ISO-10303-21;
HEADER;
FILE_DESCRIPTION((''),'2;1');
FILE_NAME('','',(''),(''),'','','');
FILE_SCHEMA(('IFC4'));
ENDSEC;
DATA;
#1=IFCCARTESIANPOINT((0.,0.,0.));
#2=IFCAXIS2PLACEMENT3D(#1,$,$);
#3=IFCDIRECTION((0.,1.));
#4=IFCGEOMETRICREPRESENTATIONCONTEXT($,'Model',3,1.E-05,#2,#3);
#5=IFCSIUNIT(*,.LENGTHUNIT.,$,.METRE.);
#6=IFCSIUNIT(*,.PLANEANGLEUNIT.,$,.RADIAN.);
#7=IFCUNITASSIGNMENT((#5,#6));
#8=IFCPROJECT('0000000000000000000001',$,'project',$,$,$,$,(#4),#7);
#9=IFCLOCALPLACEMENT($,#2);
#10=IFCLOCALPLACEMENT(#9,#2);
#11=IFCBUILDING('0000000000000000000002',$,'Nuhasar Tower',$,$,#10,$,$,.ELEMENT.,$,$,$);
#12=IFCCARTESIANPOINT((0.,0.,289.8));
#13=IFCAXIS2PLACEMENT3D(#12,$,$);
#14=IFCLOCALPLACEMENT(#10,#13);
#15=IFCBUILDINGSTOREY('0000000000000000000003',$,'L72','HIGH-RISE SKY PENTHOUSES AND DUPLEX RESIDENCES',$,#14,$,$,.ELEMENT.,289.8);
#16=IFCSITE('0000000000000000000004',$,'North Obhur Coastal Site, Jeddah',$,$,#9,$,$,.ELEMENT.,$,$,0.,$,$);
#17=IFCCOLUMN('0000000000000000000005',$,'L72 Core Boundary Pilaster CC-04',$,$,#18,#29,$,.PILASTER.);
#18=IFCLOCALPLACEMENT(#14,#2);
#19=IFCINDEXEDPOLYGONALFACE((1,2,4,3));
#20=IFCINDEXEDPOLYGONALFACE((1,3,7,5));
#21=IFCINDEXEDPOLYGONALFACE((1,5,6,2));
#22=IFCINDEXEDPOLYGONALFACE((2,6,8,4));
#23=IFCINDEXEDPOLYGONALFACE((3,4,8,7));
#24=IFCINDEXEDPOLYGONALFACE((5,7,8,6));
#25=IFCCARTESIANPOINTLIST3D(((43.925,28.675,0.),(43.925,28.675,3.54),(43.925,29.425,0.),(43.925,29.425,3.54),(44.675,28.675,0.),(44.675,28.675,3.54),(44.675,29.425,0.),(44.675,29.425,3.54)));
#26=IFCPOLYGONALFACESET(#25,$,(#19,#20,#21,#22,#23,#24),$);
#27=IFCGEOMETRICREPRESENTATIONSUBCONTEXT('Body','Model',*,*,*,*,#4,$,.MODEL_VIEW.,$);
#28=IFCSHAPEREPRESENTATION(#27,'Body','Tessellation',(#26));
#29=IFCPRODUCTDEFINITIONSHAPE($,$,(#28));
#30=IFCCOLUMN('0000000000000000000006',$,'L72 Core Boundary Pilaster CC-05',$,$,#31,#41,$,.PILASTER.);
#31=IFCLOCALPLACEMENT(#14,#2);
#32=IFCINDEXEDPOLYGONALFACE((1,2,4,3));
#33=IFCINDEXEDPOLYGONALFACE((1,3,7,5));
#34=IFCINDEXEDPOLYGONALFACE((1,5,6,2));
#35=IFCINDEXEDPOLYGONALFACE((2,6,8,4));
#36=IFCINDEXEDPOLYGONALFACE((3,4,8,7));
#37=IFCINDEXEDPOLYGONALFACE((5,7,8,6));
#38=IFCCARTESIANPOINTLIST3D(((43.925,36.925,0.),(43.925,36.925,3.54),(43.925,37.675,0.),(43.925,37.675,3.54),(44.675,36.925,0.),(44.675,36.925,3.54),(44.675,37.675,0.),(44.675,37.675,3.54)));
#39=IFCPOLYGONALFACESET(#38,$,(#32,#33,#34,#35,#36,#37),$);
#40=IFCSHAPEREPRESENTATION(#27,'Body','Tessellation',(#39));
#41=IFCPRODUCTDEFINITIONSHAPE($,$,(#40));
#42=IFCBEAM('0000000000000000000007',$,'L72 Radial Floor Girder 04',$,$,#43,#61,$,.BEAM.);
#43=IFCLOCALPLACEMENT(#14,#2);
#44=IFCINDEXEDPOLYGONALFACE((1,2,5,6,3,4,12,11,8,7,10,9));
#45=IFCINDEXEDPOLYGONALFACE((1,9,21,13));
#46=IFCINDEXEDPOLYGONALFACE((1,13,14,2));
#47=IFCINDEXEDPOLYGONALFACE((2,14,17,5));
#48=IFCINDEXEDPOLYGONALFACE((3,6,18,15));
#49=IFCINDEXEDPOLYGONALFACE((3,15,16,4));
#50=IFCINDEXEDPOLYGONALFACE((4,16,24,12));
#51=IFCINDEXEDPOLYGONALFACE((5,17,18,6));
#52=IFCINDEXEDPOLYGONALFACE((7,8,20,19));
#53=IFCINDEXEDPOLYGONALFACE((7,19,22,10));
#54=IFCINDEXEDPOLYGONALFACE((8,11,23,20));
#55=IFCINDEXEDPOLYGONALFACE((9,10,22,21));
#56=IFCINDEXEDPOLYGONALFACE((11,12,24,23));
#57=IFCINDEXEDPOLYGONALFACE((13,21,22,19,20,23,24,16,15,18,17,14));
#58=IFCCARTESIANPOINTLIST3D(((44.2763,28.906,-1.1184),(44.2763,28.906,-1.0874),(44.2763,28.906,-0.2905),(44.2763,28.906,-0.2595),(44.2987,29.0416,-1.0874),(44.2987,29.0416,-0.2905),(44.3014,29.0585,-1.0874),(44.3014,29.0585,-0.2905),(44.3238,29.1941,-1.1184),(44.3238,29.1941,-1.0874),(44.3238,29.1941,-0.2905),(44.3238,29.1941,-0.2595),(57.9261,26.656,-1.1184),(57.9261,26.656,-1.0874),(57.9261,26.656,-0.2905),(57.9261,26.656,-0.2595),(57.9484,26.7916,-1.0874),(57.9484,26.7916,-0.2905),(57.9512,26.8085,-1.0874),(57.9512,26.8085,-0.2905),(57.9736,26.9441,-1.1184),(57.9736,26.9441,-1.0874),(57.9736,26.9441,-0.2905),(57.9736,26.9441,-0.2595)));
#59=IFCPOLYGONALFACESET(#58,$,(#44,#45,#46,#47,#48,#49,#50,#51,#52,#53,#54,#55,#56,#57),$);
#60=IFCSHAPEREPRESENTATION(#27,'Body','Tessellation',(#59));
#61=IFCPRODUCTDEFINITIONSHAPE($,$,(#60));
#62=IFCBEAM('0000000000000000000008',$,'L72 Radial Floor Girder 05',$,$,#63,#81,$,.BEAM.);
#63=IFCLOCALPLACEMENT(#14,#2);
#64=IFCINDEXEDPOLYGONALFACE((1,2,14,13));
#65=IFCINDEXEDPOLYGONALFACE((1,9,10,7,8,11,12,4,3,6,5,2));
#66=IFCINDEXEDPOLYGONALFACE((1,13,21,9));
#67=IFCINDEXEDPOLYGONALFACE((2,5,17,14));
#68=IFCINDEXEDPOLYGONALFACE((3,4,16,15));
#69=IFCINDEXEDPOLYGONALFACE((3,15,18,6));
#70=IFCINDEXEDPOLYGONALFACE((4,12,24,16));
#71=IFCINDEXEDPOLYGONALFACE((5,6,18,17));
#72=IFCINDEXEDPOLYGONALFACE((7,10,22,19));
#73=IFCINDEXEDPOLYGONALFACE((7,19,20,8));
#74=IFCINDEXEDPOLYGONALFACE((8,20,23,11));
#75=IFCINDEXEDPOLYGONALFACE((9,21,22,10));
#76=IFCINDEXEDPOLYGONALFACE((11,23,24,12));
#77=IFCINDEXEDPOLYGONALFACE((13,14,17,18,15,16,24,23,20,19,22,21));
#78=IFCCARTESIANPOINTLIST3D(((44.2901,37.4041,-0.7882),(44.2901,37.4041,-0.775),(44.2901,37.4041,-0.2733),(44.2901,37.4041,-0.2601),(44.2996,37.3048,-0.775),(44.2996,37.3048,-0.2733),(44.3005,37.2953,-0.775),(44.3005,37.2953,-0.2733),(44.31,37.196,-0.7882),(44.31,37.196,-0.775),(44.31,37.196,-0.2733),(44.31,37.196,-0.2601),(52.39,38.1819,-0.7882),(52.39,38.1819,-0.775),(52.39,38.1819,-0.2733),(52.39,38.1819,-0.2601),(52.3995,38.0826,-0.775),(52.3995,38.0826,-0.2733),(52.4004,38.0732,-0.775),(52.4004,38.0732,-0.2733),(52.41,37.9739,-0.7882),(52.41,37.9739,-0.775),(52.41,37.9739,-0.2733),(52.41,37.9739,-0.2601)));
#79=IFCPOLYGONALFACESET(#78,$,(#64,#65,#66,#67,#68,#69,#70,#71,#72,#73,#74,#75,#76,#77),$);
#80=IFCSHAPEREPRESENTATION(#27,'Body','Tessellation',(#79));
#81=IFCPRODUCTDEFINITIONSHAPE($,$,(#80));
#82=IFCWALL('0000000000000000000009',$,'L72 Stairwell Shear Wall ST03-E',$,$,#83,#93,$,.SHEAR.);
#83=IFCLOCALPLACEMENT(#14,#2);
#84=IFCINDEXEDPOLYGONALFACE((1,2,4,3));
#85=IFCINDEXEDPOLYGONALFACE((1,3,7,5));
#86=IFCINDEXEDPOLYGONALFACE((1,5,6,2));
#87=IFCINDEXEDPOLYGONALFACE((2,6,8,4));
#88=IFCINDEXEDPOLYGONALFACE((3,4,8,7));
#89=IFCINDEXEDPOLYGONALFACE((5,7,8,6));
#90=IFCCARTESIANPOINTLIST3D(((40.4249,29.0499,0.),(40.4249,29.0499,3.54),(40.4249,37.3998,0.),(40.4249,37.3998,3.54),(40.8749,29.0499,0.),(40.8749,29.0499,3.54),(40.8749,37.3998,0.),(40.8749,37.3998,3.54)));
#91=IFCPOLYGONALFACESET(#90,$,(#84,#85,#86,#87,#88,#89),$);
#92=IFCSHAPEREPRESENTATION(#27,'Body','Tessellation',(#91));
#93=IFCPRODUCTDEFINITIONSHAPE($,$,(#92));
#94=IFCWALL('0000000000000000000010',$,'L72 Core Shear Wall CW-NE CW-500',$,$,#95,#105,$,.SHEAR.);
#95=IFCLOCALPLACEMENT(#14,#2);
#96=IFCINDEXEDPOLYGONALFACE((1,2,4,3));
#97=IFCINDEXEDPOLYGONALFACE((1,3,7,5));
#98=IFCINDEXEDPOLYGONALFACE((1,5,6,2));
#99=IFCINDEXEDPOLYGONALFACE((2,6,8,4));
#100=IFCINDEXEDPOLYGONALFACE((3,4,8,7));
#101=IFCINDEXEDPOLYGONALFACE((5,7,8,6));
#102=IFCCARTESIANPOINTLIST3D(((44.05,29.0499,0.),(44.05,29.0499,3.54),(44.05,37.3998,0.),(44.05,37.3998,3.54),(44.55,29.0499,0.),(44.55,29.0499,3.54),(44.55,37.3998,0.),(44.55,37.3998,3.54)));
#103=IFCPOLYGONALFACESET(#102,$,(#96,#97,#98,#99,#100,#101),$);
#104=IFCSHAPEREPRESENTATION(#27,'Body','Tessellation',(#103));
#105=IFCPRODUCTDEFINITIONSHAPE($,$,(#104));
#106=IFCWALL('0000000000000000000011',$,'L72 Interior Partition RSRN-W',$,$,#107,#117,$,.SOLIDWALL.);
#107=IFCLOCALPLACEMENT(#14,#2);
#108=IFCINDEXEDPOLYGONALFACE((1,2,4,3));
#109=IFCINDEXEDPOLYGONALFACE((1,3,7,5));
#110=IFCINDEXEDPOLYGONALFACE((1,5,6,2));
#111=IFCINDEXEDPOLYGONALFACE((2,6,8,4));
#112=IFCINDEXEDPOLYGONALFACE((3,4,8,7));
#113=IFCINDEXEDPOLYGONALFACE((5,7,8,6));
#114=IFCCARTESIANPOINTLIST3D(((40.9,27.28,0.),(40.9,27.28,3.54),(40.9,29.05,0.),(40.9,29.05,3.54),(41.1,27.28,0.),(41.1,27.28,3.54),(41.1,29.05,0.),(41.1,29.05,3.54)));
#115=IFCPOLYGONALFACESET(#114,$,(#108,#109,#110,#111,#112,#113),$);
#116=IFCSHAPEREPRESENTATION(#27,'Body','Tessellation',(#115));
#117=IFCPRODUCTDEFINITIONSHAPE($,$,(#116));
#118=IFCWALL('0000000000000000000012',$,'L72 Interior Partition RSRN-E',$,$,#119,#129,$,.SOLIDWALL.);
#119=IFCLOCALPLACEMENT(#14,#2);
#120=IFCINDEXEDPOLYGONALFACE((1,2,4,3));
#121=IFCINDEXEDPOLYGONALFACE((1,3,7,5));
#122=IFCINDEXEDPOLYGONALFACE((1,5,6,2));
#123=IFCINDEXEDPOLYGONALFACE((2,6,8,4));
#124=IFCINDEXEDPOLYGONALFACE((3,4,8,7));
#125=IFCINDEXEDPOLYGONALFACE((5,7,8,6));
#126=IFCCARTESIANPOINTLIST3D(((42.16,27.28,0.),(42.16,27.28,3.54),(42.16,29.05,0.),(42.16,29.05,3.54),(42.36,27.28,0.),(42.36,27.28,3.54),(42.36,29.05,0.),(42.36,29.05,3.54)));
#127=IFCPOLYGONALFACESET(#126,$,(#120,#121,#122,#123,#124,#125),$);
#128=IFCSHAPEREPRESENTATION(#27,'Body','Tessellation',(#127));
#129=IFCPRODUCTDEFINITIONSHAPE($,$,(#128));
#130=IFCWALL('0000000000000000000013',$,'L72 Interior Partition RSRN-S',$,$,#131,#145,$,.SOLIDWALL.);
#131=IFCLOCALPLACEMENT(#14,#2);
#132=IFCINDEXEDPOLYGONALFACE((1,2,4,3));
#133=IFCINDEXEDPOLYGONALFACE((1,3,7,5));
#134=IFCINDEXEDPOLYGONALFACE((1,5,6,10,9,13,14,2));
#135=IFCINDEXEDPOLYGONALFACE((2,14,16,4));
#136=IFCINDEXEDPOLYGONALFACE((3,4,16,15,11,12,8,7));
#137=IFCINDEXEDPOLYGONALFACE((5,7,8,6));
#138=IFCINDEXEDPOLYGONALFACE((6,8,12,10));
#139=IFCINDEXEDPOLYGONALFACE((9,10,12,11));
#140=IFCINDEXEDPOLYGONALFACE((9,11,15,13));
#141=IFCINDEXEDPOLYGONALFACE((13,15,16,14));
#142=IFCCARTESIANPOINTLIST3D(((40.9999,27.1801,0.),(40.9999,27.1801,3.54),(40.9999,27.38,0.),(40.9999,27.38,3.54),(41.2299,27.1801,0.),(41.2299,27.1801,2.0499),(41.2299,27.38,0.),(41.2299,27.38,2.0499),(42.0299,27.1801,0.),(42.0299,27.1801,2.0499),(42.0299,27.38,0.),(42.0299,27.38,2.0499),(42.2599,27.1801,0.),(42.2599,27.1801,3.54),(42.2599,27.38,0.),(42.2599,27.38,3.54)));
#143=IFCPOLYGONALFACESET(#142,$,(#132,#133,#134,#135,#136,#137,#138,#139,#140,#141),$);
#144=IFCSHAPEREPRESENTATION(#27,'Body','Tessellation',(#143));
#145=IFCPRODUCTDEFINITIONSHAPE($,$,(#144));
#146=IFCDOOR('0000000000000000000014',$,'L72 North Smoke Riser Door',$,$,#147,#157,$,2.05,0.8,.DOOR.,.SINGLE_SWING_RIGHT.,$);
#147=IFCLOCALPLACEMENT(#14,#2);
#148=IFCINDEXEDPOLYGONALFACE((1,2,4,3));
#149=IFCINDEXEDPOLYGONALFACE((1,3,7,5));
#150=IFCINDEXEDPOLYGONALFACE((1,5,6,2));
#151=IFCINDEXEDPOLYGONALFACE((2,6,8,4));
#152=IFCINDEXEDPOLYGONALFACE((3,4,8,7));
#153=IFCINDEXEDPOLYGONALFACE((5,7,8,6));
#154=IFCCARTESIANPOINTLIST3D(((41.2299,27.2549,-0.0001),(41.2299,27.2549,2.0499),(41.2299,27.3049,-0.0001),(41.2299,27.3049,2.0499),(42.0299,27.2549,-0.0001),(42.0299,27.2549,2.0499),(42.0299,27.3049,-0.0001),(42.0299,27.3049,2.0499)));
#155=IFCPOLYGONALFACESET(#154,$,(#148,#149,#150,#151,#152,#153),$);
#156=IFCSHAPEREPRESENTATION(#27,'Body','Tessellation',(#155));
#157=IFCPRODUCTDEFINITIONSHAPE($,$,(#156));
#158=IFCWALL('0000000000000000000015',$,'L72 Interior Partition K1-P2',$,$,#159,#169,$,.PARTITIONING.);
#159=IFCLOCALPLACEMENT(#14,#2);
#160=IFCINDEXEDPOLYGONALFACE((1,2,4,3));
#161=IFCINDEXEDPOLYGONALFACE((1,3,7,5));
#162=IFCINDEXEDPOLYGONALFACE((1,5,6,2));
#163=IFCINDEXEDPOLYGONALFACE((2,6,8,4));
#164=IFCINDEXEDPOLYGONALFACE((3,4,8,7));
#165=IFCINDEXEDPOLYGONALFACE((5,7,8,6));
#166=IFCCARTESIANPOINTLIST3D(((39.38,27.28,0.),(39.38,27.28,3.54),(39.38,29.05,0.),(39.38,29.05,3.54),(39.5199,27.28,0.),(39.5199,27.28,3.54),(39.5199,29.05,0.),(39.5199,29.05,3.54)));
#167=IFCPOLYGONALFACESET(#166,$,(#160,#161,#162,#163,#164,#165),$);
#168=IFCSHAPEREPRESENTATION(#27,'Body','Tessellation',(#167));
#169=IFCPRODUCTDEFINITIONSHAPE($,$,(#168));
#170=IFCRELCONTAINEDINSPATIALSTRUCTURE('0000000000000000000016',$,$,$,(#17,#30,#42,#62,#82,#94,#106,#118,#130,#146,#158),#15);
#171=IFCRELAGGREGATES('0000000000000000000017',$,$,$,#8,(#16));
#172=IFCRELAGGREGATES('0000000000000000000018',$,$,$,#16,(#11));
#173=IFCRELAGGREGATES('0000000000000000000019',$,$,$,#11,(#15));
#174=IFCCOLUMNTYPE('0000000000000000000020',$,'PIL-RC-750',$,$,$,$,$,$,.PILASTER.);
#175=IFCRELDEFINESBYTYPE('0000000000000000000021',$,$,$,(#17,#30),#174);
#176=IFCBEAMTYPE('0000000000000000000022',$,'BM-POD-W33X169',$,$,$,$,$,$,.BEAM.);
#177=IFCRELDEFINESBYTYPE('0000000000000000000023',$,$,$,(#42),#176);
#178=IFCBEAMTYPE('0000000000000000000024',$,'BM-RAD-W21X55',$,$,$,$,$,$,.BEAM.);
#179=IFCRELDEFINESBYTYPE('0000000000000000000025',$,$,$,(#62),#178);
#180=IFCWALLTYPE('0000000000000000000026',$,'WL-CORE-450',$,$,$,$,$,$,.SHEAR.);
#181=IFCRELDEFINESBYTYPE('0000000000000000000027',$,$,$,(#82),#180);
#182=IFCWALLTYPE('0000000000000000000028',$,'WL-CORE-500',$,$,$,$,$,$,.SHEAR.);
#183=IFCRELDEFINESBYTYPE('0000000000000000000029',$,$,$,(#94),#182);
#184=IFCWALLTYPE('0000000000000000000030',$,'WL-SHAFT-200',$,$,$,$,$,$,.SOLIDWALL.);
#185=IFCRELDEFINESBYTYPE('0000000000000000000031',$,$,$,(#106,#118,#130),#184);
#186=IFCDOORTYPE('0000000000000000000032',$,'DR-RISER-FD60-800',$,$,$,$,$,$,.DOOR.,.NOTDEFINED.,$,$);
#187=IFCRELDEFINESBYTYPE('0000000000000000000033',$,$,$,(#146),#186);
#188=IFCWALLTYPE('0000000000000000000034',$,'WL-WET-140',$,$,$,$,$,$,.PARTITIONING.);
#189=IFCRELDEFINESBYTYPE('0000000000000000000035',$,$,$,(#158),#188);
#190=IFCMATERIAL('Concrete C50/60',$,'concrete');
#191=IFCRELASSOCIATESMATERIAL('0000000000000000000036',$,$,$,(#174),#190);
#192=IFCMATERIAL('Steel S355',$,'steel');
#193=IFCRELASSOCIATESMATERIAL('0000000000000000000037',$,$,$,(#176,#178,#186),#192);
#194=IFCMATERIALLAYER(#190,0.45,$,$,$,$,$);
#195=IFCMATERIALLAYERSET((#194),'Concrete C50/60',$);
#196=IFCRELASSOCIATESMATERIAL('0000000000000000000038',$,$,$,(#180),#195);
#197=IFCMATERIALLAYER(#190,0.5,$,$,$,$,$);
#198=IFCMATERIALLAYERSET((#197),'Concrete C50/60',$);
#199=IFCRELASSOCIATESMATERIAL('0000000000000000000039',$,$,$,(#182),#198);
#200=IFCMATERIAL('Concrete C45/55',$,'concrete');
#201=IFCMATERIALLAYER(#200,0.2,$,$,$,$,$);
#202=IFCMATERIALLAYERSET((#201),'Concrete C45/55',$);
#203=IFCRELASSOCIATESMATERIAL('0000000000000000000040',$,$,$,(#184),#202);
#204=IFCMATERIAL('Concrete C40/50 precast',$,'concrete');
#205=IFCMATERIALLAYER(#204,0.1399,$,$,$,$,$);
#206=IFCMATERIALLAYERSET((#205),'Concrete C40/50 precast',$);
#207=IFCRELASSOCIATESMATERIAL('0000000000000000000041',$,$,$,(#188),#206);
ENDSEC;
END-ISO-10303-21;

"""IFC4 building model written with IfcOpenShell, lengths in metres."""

from ifc_helpers import new_model, si_unit, direction, frame, frame_2d, origin, origin_2d, place, context, subcontext, project, spatial, rectangle, i_section, extrude, material, layer, layer_set, material_profile, profile_set, type_object, element, fill, save


model = new_model("IFC4")

# Units and contexts
model_context = context("Model", 3, precision=1e-05, world=origin(), true_north=direction((0.0, 1.0)))
body_context = subcontext(model_context, "Body", "Model", "MODEL_VIEW")
ifc_project = project(units=[si_unit("LENGTHUNIT", "METRE"), si_unit("PLANEANGLEUNIT", "RADIAN")], contexts=[model_context])

# Site, building, storey
site_placement = place(None, origin())
site = spatial("IfcSite", under=ifc_project, at=site_placement, Name="North Obhur Coastal Site, Jeddah", CompositionType="ELEMENT", RefElevation=0.0)
building_placement = place(site_placement, origin())
building = spatial("IfcBuilding", under=site, at=building_placement, Name="Nuhasar Tower", CompositionType="ELEMENT")
storey_placement = place(building_placement, frame((0.0, 0.0, 289.8)))
storey = spatial("IfcBuildingStorey", under=building, at=storey_placement, Name="L72", Description="HIGH-RISE SKY PENTHOUSES AND DUPLEX RESIDENCES", CompositionType="ELEMENT", Elevation=289.8)

# Columns
ifc_material_1 = material(Name="Concrete C50/60", Category="concrete")
ifc_material_profile_1 = material_profile(ifc_material_1, rectangle(XDim=0.75, YDim=0.75, at=origin_2d()), Name="RC750X750")
ifc_profile_set_1 = profile_set([ifc_material_profile_1], Name="Concrete C50/60")
column_type = type_object("IfcColumnType", Name="PIL-RC-750", PredefinedType="PILASTER", material=ifc_profile_set_1)
for number, where, z_axis, x_axis, name in (
    (1, (44.3, 29.05, 0.0), (0.0, 0.0, 1.0), (1.0, 0.0, 0.0), "L72 Core Boundary Pilaster CC-04"),
    (2, (44.3, 37.3, 0.0), (0.0, 0.0, 1.0), (1.0, 0.0, 0.0), "L72 Core Boundary Pilaster CC-05"),
):
    element("IfcColumn", number, at=place(storey_placement, frame(where, z_axis=z_axis, x_axis=x_axis)), inside=storey, type_object=column_type, Name=name, PredefinedType="PILASTER", context=body_context, shape_type="SweptSolid", body=[
        extrude(rectangle(XDim=0.75, YDim=0.75, at=origin_2d()), origin(), (0.0, 0.0, 1.0), 3.54),
    ])

# Beams
ifc_material_2 = material(Name="Steel S355", Category="steel")
ifc_material_profile_2 = material_profile(ifc_material_2, i_section(OverallWidth=0.292, OverallDepth=0.8589, WebThickness=0.0171, FlangeThickness=0.031, at=origin_2d()), Name="W33X169")
ifc_profile_set_2 = profile_set([ifc_material_profile_2], Name="Steel S355")
beam_type_1 = type_object("IfcBeamType", Name="BM-POD-W33X169", PredefinedType="BEAM", material=ifc_profile_set_2)
beam_1_placement = place(storey_placement, frame((44.3, 29.05, -0.689), z_axis=(0.986685, -0.162642, 0.0), x_axis=(0.162642, 0.986685, 0.0)))
element("IfcBeam", 3, at=beam_1_placement, inside=storey, type_object=beam_type_1, Name="L72 Radial Floor Girder 04", PredefinedType="BEAM", context=body_context, shape_type="SweptSolid", body=[
    extrude(i_section(OverallWidth=0.292, OverallDepth=0.8589, WebThickness=0.0171, FlangeThickness=0.031, at=origin_2d()), origin(), (0.0, 0.0, 1.0), 13.834),
])
ifc_material_profile_3 = material_profile(ifc_material_2, i_section(OverallWidth=0.209, OverallDepth=0.5281, WebThickness=0.0095, FlangeThickness=0.0132, at=origin_2d()), Name="W21X55")
ifc_profile_set_3 = profile_set([ifc_material_profile_3], Name="Steel S355")
beam_type_2 = type_object("IfcBeamType", Name="BM-RAD-W21X55", PredefinedType="BEAM", material=ifc_profile_set_3)
beam_2_placement = place(storey_placement, frame((44.3, 37.3, -0.5242), z_axis=(0.995421, 0.095591, 0.0), x_axis=(-0.095591, 0.995421, 0.0)))
element("IfcBeam", 4, at=beam_2_placement, inside=storey, type_object=beam_type_2, Name="L72 Radial Floor Girder 05", PredefinedType="BEAM", context=body_context, shape_type="SweptSolid", body=[
    extrude(i_section(OverallWidth=0.209, OverallDepth=0.5281, WebThickness=0.0095, FlangeThickness=0.0132, at=origin_2d()), origin(), (0.0, 0.0, 1.0), 8.1372),
])

# Shared definitions
ifc_layer_1 = layer(ifc_material_1, 0.45)
ifc_layer_set_1 = layer_set([ifc_layer_1], Name="Concrete C50/60")
wall_type_1 = type_object("IfcWallType", Name="WL-CORE-450", PredefinedType="SHEAR", material=ifc_layer_set_1)

# Walls
wall_1_placement = place(storey_placement, frame((40.6499, 29.05, 0.0), z_axis=(0.0, 0.0, 1.0), x_axis=(0.0, 1.0, 0.0)))
element("IfcWall", 5, at=wall_1_placement, inside=storey, type_object=wall_type_1, Name="L72 Stairwell Shear Wall ST03-E", PredefinedType="SHEAR", context=body_context, shape_type="SweptSolid", body=[
    extrude(rectangle(XDim=8.3499, YDim=0.45, at=frame_2d((4.1748, 0.0))), origin(), (0.0, 0.0, 1.0), 3.54),
])
ifc_layer_2 = layer(ifc_material_1, 0.5)
ifc_layer_set_2 = layer_set([ifc_layer_2], Name="Concrete C50/60")
wall_type_2 = type_object("IfcWallType", Name="WL-CORE-500", PredefinedType="SHEAR", material=ifc_layer_set_2)
wall_2_placement = place(storey_placement, frame((44.3, 29.05, 0.0), z_axis=(0.0, 0.0, 1.0), x_axis=(0.0, 1.0, 0.0)))
element("IfcWall", 6, at=wall_2_placement, inside=storey, type_object=wall_type_2, Name="L72 Core Shear Wall CW-NE CW-500", PredefinedType="SHEAR", context=body_context, shape_type="SweptSolid", body=[
    extrude(rectangle(XDim=8.3499, YDim=0.5, at=frame_2d((4.1748, 0.0))), origin(), (0.0, 0.0, 1.0), 3.54),
])
ifc_material_3 = material(Name="Concrete C45/55", Category="concrete")
ifc_layer_3 = layer(ifc_material_3, 0.2)
ifc_layer_set_3 = layer_set([ifc_layer_3], Name="Concrete C45/55")
wall_type_3 = type_object("IfcWallType", Name="WL-SHAFT-200", PredefinedType="SOLIDWALL", material=ifc_layer_set_3)
for number, where, z_axis, x_axis, name in (
    (7, (41.0, 27.28, 0.0), (0.0, 0.0, 1.0), (0.0, 1.0, 0.0), "L72 Interior Partition RSRN-W"),
    (8, (42.26, 27.28, 0.0), (0.0, 0.0, 1.0), (0.0, 1.0, 0.0), "L72 Interior Partition RSRN-E"),
):
    element("IfcWall", number, at=place(storey_placement, frame(where, z_axis=z_axis, x_axis=x_axis)), inside=storey, type_object=wall_type_3, Name=name, PredefinedType="SOLIDWALL", context=body_context, shape_type="SweptSolid", body=[
        extrude(rectangle(XDim=1.77, YDim=0.2, at=frame_2d((0.885, 0.0))), origin(), (0.0, 0.0, 1.0), 3.54),
    ])

# Wall, opening, door
wall_3_placement = place(storey_placement, frame((41.0, 27.28, 0.0), z_axis=(0.0, 0.0, 1.0), x_axis=(1.0, 0.0, 0.0)))
wall_3 = element("IfcWall", 9, at=wall_3_placement, inside=storey, type_object=wall_type_3, Name="L72 Interior Partition RSRN-S", PredefinedType="SOLIDWALL", context=body_context, shape_type="SweptSolid", body=[
    extrude(rectangle(XDim=1.26, YDim=0.2, at=frame_2d((0.6299, 0.0))), origin(), (0.0, 0.0, 1.0), 3.54),
])
opening_1_placement = place(wall_3_placement, frame((0.23, 0.0, 0.0)))
opening_1 = element("IfcOpeningElement", 10, at=opening_1_placement, cuts=wall_3, PredefinedType="OPENING", context=body_context, shape_type="SweptSolid", body=[
    extrude(rectangle(XDim=0.8, YDim=2.05, at=frame_2d((0.3999, 1.0249))), frame((0.0, 0.1099, 0.0), z_axis=(0.0, -1.0, 0.0), x_axis=(1.0, 0.0, 0.0)), (0.0, 0.0, 1.0), 0.22),
])
door_type_1 = type_object("IfcDoorType", Name="DR-RISER-FD60-800", OperationType="NOTDEFINED", PredefinedType="DOOR", material=ifc_material_2)
door_1_placement = place(opening_1_placement, origin())
door_1 = element("IfcDoor", 11, at=door_1_placement, inside=storey, type_object=door_type_1, Name="L72 North Smoke Riser Door", OperationType="SINGLE_SWING_RIGHT", OverallHeight=2.05, OverallWidth=0.8, PredefinedType="DOOR", context=body_context, shape_type="SweptSolid", body=[
    extrude(rectangle(XDim=0.8, YDim=2.05, at=frame_2d((0.3999, 1.0249))), frame((0.0, 0.0249, 0.0), z_axis=(0.0, -1.0, 0.0), x_axis=(1.0, 0.0, 0.0)), (0.0, 0.0, 1.0), 0.05),
])
fill(opening_1, door_1)

# Wall
ifc_material_4 = material(Name="Concrete C40/50 precast", Category="concrete")
ifc_layer_4 = layer(ifc_material_4, 0.1399)
ifc_layer_set_4 = layer_set([ifc_layer_4], Name="Concrete C40/50 precast")
wall_type_4 = type_object("IfcWallType", Name="WL-WET-140", PredefinedType="PARTITIONING", material=ifc_layer_set_4)
wall_4_placement = place(storey_placement, frame((39.45, 27.28, 0.0), z_axis=(0.0, 0.0, 1.0), x_axis=(0.0, 1.0, 0.0)))
element("IfcWall", 12, at=wall_4_placement, inside=storey, type_object=wall_type_4, Name="L72 Interior Partition K1-P2", PredefinedType="PARTITIONING", context=body_context, shape_type="SweptSolid", body=[
    extrude(rectangle(XDim=1.77, YDim=0.1399, at=frame_2d((0.885, 0.0))), origin(), (0.0, 0.0, 1.0), 3.54),
])

save(model, "model.ifc")
